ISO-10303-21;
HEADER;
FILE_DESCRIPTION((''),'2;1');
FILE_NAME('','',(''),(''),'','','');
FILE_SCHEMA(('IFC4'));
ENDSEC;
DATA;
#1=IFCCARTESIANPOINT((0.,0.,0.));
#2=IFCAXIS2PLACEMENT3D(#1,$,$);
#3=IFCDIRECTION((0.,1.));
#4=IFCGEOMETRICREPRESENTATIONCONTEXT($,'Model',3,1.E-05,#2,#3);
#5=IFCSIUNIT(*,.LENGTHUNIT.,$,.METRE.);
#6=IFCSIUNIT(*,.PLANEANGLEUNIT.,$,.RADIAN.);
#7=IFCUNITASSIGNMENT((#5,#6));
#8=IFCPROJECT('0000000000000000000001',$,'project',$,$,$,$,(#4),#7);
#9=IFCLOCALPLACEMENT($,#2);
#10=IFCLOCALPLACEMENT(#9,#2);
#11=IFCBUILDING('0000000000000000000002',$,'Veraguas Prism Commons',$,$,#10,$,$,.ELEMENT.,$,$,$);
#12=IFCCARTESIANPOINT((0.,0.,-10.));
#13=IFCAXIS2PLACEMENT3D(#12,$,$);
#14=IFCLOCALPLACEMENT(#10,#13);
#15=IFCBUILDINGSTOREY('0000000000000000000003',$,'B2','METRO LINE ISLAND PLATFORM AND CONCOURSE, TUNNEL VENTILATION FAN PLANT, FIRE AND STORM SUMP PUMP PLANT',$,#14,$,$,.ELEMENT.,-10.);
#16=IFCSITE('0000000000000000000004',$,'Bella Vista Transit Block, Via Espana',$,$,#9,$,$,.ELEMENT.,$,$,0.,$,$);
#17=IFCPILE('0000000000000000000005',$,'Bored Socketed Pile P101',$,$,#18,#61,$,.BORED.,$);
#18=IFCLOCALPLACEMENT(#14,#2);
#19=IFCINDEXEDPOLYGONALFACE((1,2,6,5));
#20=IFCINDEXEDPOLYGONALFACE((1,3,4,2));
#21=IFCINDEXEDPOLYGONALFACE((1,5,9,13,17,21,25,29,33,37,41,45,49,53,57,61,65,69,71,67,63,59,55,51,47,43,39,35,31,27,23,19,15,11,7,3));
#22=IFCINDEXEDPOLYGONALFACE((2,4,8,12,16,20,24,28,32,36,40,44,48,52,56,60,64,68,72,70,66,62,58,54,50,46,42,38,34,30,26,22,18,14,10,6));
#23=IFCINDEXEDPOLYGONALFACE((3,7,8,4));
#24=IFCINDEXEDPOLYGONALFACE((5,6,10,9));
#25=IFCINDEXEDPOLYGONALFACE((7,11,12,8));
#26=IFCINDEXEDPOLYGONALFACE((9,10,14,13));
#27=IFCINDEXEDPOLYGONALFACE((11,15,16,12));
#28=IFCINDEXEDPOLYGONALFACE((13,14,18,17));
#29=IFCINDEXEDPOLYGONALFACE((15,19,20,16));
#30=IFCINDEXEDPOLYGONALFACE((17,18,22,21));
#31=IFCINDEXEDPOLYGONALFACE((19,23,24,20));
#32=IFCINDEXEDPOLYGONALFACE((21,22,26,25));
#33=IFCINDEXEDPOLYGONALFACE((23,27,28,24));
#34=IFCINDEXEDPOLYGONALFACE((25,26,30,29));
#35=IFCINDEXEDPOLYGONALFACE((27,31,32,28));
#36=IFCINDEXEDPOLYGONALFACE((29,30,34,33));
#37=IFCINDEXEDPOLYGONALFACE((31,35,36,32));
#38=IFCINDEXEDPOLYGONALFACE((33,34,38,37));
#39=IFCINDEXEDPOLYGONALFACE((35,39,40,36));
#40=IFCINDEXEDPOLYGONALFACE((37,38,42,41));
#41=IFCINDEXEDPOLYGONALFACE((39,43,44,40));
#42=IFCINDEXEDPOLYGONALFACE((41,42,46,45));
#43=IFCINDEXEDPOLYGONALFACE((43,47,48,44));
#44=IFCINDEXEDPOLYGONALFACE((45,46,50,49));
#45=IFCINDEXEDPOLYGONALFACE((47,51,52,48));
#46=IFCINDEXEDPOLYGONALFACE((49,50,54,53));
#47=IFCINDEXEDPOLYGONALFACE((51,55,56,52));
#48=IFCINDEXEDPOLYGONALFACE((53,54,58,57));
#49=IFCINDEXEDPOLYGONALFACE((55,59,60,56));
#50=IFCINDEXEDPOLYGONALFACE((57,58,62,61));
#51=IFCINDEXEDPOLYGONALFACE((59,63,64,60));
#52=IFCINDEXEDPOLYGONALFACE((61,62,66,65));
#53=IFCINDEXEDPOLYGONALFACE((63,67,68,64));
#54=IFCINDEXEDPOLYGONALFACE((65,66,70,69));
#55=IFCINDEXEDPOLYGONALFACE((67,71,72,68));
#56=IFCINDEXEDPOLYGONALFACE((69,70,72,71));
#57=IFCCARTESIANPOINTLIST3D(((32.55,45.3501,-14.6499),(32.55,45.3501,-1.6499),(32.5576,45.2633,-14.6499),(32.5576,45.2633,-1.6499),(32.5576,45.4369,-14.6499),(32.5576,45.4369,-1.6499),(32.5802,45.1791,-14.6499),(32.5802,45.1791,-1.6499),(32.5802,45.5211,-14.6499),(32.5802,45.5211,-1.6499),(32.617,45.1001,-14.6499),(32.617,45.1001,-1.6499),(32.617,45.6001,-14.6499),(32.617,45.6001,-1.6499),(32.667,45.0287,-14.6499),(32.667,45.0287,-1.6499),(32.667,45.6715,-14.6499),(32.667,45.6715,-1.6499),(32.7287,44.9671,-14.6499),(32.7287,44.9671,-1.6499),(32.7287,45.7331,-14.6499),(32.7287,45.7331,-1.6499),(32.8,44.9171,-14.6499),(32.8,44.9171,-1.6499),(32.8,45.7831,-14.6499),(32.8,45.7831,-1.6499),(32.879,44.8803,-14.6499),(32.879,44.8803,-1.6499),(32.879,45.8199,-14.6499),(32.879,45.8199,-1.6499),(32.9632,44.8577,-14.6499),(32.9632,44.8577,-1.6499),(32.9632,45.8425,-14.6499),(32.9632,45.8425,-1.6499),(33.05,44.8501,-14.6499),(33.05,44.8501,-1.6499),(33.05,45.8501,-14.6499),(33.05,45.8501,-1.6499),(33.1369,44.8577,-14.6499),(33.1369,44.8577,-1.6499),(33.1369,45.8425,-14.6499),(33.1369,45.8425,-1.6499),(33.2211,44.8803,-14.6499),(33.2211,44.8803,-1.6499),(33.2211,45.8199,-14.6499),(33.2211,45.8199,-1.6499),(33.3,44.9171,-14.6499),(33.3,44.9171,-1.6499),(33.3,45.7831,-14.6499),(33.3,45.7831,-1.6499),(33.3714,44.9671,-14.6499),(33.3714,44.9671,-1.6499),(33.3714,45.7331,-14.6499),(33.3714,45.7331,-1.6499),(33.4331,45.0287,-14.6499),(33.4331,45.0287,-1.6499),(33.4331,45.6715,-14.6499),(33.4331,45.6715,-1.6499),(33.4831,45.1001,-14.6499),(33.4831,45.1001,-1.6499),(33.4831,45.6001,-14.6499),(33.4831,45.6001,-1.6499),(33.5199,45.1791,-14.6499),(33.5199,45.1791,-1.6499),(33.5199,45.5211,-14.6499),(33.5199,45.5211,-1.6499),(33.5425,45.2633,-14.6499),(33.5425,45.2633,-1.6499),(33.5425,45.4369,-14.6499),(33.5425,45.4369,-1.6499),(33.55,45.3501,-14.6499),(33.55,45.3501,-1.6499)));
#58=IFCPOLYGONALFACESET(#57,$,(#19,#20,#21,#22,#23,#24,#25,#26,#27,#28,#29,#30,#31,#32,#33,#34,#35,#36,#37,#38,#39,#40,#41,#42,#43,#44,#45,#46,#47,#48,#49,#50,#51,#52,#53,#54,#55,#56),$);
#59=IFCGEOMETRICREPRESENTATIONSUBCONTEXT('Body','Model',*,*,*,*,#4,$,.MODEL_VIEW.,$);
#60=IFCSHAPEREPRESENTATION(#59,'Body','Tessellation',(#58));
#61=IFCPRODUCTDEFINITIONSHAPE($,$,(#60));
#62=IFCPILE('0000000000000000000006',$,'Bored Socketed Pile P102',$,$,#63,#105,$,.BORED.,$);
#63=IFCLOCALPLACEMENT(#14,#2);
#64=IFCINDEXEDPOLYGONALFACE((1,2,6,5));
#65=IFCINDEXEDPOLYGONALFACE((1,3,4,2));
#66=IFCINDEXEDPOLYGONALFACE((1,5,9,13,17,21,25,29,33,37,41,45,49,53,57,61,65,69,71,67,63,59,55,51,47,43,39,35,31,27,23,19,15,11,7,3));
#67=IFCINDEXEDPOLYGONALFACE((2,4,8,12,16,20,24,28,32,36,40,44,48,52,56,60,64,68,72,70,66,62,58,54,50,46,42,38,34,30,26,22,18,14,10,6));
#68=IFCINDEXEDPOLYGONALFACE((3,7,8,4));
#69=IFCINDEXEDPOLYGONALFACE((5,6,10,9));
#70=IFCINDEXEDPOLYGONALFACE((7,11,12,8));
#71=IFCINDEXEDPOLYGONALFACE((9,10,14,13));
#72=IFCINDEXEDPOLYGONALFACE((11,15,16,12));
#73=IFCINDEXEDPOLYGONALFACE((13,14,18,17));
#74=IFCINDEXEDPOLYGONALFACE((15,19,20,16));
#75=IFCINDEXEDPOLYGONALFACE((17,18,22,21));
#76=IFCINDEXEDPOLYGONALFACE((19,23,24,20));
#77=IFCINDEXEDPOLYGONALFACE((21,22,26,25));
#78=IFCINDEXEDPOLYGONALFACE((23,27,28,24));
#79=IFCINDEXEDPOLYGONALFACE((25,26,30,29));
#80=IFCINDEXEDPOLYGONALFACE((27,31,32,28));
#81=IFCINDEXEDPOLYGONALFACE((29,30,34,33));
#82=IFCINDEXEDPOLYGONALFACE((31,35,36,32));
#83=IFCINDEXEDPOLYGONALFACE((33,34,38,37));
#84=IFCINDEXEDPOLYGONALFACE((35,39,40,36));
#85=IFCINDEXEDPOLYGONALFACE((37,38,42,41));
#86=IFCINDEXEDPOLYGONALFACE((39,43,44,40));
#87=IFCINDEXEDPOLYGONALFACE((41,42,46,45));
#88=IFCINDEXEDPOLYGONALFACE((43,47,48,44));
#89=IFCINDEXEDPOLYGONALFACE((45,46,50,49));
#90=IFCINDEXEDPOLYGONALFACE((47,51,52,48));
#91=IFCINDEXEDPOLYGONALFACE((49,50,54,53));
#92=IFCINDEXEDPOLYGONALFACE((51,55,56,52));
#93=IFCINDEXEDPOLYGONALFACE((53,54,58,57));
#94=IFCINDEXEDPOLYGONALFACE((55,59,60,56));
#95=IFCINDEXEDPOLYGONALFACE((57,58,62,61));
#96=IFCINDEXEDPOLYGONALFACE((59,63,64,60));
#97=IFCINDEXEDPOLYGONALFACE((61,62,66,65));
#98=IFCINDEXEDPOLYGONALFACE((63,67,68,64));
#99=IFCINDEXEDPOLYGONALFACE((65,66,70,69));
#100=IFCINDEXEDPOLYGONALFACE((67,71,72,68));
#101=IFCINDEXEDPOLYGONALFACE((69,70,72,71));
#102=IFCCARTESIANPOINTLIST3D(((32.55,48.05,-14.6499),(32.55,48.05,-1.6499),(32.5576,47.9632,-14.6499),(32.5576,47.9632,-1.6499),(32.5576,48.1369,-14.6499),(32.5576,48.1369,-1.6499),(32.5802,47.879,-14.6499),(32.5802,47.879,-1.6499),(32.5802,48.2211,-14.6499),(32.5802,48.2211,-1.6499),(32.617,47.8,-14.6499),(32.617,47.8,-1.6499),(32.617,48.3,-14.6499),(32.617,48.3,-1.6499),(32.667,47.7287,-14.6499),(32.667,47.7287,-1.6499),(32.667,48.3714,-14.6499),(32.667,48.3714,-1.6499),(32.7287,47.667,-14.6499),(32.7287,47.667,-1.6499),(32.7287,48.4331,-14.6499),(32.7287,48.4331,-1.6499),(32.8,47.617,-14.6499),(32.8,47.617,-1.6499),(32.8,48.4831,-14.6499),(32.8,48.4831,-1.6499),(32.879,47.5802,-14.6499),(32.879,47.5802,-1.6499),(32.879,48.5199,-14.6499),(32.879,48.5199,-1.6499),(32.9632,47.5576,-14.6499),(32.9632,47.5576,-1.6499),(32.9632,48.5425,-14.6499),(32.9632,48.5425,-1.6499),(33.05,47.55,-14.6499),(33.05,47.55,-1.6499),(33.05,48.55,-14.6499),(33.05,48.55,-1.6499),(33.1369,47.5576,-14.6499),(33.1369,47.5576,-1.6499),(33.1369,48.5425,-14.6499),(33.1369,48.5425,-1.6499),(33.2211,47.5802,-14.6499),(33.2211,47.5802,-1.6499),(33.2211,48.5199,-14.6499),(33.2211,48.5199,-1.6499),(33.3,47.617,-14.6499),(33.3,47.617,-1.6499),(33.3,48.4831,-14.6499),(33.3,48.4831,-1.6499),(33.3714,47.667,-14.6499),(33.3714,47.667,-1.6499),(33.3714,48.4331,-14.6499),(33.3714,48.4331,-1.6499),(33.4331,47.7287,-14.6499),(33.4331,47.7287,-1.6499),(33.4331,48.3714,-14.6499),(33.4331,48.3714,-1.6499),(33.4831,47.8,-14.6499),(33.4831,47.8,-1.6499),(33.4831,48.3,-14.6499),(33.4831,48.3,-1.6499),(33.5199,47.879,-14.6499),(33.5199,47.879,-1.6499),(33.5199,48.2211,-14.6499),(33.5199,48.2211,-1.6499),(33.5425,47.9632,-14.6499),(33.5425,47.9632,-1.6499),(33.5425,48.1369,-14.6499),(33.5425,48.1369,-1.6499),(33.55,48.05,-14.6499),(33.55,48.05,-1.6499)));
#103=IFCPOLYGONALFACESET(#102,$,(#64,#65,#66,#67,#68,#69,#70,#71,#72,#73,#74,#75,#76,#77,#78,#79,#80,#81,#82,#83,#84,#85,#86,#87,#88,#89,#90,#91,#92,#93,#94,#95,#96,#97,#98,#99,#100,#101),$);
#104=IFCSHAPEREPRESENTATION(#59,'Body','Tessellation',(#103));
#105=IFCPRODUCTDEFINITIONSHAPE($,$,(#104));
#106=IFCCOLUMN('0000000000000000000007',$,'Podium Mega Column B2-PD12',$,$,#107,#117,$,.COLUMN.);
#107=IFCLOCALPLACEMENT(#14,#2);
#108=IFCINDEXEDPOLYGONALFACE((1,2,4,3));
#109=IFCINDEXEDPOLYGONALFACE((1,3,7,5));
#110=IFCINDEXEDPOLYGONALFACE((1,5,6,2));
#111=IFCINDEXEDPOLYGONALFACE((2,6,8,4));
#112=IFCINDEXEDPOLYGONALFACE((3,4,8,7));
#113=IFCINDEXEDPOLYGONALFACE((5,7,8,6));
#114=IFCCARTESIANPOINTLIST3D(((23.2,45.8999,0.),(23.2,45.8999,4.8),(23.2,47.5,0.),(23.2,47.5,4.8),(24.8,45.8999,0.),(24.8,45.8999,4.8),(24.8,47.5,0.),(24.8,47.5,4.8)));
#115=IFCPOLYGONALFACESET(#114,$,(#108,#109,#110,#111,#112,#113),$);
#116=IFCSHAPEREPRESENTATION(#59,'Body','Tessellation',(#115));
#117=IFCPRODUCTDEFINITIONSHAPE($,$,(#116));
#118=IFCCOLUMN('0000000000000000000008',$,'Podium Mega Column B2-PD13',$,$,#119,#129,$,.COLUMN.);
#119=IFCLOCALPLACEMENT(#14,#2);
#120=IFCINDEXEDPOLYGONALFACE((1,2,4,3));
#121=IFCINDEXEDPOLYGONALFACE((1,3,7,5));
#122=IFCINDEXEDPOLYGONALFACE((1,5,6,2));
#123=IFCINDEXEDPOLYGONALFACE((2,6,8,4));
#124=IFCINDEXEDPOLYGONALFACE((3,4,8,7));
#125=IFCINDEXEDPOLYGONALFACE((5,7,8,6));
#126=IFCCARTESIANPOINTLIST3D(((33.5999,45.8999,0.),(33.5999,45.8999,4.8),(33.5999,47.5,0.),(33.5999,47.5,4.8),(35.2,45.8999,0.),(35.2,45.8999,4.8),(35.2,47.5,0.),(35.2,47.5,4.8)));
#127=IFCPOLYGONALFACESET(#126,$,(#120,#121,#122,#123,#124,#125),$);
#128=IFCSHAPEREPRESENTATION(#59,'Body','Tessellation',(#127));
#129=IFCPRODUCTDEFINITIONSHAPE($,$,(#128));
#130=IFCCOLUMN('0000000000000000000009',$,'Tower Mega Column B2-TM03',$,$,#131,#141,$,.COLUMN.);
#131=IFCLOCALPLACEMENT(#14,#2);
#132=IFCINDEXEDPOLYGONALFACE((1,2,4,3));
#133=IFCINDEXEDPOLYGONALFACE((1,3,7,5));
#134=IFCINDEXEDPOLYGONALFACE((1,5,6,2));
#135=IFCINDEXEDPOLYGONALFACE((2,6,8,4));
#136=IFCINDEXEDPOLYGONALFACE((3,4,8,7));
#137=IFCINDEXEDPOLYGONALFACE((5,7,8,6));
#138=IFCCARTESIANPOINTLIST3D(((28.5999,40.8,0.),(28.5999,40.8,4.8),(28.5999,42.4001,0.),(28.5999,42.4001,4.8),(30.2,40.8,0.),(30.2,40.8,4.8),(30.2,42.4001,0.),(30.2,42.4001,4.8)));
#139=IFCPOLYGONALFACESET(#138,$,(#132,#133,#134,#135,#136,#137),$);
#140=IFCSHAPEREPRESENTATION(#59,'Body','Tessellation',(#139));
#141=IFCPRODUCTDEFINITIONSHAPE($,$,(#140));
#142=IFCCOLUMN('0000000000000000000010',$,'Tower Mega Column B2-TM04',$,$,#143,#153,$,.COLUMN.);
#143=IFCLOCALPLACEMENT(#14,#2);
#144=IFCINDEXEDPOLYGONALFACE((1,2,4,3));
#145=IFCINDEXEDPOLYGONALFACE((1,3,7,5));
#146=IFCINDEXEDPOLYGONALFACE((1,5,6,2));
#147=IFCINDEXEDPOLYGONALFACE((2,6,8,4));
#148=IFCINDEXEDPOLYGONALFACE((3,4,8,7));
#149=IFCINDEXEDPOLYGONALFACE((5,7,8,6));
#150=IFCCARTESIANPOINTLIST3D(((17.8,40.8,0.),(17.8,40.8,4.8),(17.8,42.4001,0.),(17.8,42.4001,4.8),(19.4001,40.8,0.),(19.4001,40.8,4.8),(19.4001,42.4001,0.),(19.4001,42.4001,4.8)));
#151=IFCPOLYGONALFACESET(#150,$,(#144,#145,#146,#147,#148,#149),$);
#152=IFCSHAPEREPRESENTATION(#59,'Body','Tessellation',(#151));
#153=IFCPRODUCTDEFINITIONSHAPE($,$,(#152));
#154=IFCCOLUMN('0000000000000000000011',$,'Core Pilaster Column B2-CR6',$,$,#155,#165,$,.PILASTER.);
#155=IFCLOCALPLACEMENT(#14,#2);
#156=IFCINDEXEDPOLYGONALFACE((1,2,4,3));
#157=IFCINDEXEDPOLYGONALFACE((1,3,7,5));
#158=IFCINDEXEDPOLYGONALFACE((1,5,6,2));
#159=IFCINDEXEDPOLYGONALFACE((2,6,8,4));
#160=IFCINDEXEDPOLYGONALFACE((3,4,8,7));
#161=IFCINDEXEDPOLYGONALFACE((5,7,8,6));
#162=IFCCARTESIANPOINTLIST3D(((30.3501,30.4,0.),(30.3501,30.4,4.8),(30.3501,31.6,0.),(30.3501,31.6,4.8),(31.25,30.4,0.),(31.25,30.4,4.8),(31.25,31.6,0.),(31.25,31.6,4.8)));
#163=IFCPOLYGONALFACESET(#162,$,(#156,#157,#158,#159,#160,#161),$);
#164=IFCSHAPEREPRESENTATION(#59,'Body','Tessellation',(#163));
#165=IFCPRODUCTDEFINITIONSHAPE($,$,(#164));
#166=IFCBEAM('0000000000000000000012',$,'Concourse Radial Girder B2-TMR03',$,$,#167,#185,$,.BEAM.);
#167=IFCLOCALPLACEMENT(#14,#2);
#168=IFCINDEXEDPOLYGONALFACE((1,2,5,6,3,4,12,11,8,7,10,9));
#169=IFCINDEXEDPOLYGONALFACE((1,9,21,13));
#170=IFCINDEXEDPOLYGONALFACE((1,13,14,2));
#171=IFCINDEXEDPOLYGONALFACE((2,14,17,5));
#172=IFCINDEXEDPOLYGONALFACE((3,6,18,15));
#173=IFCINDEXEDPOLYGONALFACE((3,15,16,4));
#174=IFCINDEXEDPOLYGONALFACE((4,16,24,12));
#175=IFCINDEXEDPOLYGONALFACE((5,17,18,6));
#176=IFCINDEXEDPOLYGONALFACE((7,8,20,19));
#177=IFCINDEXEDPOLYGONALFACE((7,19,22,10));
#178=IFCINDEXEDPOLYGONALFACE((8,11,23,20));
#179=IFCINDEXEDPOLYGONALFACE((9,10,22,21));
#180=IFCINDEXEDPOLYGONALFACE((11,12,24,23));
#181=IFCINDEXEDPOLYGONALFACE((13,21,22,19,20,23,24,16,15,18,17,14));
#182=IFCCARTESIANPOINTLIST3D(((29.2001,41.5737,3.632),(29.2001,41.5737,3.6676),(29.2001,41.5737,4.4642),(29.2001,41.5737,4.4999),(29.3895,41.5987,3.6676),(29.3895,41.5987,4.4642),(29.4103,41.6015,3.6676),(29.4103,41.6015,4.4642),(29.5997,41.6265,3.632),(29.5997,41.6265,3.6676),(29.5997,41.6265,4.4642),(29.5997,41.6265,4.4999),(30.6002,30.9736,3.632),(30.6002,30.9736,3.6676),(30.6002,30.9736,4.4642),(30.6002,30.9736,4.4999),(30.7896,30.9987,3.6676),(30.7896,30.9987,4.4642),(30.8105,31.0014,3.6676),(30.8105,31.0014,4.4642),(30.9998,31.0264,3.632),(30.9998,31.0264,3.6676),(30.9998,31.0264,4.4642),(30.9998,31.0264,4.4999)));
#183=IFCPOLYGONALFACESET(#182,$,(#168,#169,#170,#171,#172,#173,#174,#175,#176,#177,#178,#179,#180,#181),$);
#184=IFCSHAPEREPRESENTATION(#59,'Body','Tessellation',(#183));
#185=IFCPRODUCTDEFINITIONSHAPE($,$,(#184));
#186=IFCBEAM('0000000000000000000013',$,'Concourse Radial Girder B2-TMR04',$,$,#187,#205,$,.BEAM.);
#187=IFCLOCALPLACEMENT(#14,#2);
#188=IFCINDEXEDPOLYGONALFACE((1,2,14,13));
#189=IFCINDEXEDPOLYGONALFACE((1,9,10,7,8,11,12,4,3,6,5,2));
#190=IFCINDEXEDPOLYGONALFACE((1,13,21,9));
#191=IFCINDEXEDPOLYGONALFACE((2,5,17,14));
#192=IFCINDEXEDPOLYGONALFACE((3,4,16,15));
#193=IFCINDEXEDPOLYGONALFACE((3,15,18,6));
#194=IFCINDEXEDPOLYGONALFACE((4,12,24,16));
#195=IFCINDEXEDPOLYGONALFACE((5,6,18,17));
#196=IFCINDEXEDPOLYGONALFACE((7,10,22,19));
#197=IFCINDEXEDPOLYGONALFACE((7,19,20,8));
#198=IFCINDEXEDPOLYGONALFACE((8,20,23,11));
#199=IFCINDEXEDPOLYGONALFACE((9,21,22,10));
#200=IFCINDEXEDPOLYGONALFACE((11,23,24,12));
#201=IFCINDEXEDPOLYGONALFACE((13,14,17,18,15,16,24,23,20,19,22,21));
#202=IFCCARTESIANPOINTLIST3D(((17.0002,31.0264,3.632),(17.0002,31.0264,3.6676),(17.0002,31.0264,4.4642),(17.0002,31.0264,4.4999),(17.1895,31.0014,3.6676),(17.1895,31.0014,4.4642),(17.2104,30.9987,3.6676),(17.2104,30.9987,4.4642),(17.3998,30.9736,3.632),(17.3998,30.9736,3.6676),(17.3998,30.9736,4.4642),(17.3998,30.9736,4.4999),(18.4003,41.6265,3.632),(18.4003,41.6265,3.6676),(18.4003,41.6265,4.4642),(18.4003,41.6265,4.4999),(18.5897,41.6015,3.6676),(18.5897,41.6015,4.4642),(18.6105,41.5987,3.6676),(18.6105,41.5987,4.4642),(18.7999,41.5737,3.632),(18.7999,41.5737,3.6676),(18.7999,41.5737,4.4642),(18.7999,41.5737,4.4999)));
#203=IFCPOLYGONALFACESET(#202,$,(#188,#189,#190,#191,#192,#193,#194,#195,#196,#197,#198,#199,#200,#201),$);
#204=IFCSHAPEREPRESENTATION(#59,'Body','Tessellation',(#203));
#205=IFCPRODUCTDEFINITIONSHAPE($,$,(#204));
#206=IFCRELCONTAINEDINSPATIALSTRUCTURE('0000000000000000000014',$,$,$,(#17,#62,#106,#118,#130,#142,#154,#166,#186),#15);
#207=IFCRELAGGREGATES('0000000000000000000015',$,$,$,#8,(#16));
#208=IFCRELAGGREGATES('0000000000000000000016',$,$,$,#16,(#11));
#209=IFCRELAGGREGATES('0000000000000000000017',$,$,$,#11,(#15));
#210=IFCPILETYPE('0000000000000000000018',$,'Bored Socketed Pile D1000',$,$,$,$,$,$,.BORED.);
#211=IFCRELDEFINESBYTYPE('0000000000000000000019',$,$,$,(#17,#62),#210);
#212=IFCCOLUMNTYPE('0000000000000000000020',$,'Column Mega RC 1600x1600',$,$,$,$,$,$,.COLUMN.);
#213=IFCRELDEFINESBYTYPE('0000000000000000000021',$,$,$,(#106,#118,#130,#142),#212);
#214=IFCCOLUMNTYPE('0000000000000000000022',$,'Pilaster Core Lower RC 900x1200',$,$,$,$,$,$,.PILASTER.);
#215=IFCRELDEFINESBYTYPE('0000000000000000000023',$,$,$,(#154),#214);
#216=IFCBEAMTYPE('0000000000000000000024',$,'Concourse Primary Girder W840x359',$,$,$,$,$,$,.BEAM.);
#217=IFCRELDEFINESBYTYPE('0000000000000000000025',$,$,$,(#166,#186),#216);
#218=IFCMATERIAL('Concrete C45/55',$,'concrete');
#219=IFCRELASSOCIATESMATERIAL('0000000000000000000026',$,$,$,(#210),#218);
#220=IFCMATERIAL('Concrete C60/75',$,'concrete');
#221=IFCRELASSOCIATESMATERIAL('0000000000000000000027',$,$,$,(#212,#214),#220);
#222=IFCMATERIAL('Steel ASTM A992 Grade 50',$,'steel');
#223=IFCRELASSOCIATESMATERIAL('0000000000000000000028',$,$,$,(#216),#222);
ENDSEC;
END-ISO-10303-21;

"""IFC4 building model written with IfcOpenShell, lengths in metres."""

from ifc_helpers import new_model, si_unit, direction, frame, origin, origin_2d, place, context, subcontext, project, spatial, rectangle, circle, i_section, extrude, source, transform, mapped, material, material_profile, profile_set, type_object, element, save


model = new_model("IFC4")

# Units and contexts
model_context = context("Model", 3, precision=1e-05, world=origin(), true_north=direction((0.0, 1.0)))
body_context = subcontext(model_context, "Body", "Model", "MODEL_VIEW")
ifc_project = project(units=[si_unit("LENGTHUNIT", "METRE"), si_unit("PLANEANGLEUNIT", "RADIAN")], contexts=[model_context])

# Site, building, storey
site_placement = place(None, origin())
site = spatial("IfcSite", under=ifc_project, at=site_placement, Name="Bella Vista Transit Block, Via Espana", CompositionType="ELEMENT", RefElevation=0.0)
building_placement = place(site_placement, origin())
building = spatial("IfcBuilding", under=site, at=building_placement, Name="Veraguas Prism Commons", CompositionType="ELEMENT")
storey_placement = place(building_placement, frame((0.0, 0.0, -10.0)))
storey = spatial("IfcBuildingStorey", under=building, at=storey_placement, Name="B2", Description="METRO LINE ISLAND PLATFORM AND CONCOURSE, TUNNEL VENTILATION FAN PLANT, FIRE AND STORM SUMP PUMP PLANT", CompositionType="ELEMENT", Elevation=-10.0)

# Shared definitions
ifc_material_1 = material(Name="Concrete C45/55", Category="concrete")

# Piles
ifc_material_profile_1 = material_profile(ifc_material_1, circle(Radius=0.5, at=origin_2d()), Name="PILE1000")
ifc_profile_set_1 = profile_set([ifc_material_profile_1], Name="Concrete C45/55")
pile_type_1 = type_object("IfcPileType", Name="Bored Socketed Pile D1000", PredefinedType="BORED", material=ifc_profile_set_1)
shared_shape_1 = source(origin(), body_context, "Body", "SweptSolid", [
    extrude(circle(Radius=0.5, at=origin_2d()), origin(), (0.0, 0.0, 1.0), 13.0),
])
for number, where, z_axis, x_axis, name in (
    (1, (33.05, 45.3501, -1.6499), (0.0, 0.0, -1.0), (1.0, 0.0, 0.0), "Bored Socketed Pile P101"),
    (2, (33.05, 48.05, -1.6499), (0.0, 0.0, -1.0), (1.0, 0.0, 0.0), "Bored Socketed Pile P102"),
):
    element("IfcPile", number, at=place(storey_placement, frame(where, z_axis=z_axis, x_axis=x_axis)), inside=storey, type_object=pile_type_1, Name=name, PredefinedType="BORED", context=body_context, shape_type="MappedRepresentation", body=[
        mapped(shared_shape_1, transform((0.0, 0.0, 0.0), scale=1.0)),
    ])

# Columns
ifc_material_2 = material(Name="Concrete C60/75", Category="concrete")
ifc_material_profile_2 = material_profile(ifc_material_2, rectangle(XDim=1.6001, YDim=1.6001, at=origin_2d()), Name="RC1600X1600")
ifc_profile_set_2 = profile_set([ifc_material_profile_2], Name="Concrete C60/75")
column_type_1 = type_object("IfcColumnType", Name="Column Mega RC 1600x1600", PredefinedType="COLUMN", material=ifc_profile_set_2)
for number, where, z_axis, x_axis, name in (
    (3, (24.0, 46.7, 0.0), (0.0, 0.0, 1.0), (1.0, 0.0, 0.0), "Podium Mega Column B2-PD12"),
    (4, (34.3999, 46.7, 0.0), (0.0, 0.0, 1.0), (1.0, 0.0, 0.0), "Podium Mega Column B2-PD13"),
    (5, (29.3999, 41.6001, 0.0), (0.0, 0.0, 1.0), (1.0, 0.0, 0.0), "Tower Mega Column B2-TM03"),
    (6, (18.6001, 41.6001, 0.0), (0.0, 0.0, 1.0), (1.0, 0.0, 0.0), "Tower Mega Column B2-TM04"),
):
    element("IfcColumn", number, at=place(storey_placement, frame(where, z_axis=z_axis, x_axis=x_axis)), inside=storey, type_object=column_type_1, Name=name, PredefinedType="COLUMN", context=body_context, shape_type="SweptSolid", body=[
        extrude(rectangle(XDim=1.6001, YDim=1.6001, at=origin_2d()), origin(), (0.0, 0.0, 1.0), 4.8),
    ])
ifc_material_profile_3 = material_profile(ifc_material_2, rectangle(XDim=0.8999, YDim=1.2, at=origin_2d()), Name="RC900X1200")
ifc_profile_set_3 = profile_set([ifc_material_profile_3], Name="Concrete C60/75")
column_type_2 = type_object("IfcColumnType", Name="Pilaster Core Lower RC 900x1200", PredefinedType="PILASTER", material=ifc_profile_set_3)
column_placement = place(storey_placement, frame((30.8, 31.0, 0.0), z_axis=(0.0, 0.0, 1.0), x_axis=(1.0, 0.0, 0.0)))
element("IfcColumn", 7, at=column_placement, inside=storey, type_object=column_type_2, Name="Core Pilaster Column B2-CR6", PredefinedType="PILASTER", context=body_context, shape_type="SweptSolid", body=[
    extrude(rectangle(XDim=0.8999, YDim=1.2, at=origin_2d()), origin(), (0.0, 0.0, 1.0), 4.8),
])

# Beams
ifc_material_3 = material(Name="Steel ASTM A992 Grade 50", Category="steel")
ifc_material_profile_4 = material_profile(ifc_material_3, i_section(OverallWidth=0.4031, OverallDepth=0.8679, WebThickness=0.021, FlangeThickness=0.0356, at=origin_2d()), Name="W840X359")
ifc_profile_set_4 = profile_set([ifc_material_profile_4], Name="Steel ASTM A992 Grade 50")
beam_type_1 = type_object("IfcBeamType", Name="Concourse Primary Girder W840x359", PredefinedType="BEAM", material=ifc_profile_set_4)
for number, where, z_axis, x_axis, name in (
    (8, (29.3999, 41.6001, 4.0659), (0.130951, -0.991389, 0.0), (0.991389, 0.130951, 0.0), "Concourse Radial Girder B2-TMR03"),
    (9, (18.6001, 41.6001, 4.0659), (-0.130951, -0.991389, 0.0), (0.991389, -0.130951, 0.0), "Concourse Radial Girder B2-TMR04"),
):
    element("IfcBeam", number, at=place(storey_placement, frame(where, z_axis=z_axis, x_axis=x_axis)), inside=storey, type_object=beam_type_1, Name=name, PredefinedType="BEAM", context=body_context, shape_type="SweptSolid", body=[
        extrude(i_section(OverallWidth=0.4031, OverallDepth=0.8679, WebThickness=0.021, FlangeThickness=0.0356, at=origin_2d()), origin(), (0.0, 0.0, 1.0), 10.6921),
    ])

save(model, "model.ifc")
